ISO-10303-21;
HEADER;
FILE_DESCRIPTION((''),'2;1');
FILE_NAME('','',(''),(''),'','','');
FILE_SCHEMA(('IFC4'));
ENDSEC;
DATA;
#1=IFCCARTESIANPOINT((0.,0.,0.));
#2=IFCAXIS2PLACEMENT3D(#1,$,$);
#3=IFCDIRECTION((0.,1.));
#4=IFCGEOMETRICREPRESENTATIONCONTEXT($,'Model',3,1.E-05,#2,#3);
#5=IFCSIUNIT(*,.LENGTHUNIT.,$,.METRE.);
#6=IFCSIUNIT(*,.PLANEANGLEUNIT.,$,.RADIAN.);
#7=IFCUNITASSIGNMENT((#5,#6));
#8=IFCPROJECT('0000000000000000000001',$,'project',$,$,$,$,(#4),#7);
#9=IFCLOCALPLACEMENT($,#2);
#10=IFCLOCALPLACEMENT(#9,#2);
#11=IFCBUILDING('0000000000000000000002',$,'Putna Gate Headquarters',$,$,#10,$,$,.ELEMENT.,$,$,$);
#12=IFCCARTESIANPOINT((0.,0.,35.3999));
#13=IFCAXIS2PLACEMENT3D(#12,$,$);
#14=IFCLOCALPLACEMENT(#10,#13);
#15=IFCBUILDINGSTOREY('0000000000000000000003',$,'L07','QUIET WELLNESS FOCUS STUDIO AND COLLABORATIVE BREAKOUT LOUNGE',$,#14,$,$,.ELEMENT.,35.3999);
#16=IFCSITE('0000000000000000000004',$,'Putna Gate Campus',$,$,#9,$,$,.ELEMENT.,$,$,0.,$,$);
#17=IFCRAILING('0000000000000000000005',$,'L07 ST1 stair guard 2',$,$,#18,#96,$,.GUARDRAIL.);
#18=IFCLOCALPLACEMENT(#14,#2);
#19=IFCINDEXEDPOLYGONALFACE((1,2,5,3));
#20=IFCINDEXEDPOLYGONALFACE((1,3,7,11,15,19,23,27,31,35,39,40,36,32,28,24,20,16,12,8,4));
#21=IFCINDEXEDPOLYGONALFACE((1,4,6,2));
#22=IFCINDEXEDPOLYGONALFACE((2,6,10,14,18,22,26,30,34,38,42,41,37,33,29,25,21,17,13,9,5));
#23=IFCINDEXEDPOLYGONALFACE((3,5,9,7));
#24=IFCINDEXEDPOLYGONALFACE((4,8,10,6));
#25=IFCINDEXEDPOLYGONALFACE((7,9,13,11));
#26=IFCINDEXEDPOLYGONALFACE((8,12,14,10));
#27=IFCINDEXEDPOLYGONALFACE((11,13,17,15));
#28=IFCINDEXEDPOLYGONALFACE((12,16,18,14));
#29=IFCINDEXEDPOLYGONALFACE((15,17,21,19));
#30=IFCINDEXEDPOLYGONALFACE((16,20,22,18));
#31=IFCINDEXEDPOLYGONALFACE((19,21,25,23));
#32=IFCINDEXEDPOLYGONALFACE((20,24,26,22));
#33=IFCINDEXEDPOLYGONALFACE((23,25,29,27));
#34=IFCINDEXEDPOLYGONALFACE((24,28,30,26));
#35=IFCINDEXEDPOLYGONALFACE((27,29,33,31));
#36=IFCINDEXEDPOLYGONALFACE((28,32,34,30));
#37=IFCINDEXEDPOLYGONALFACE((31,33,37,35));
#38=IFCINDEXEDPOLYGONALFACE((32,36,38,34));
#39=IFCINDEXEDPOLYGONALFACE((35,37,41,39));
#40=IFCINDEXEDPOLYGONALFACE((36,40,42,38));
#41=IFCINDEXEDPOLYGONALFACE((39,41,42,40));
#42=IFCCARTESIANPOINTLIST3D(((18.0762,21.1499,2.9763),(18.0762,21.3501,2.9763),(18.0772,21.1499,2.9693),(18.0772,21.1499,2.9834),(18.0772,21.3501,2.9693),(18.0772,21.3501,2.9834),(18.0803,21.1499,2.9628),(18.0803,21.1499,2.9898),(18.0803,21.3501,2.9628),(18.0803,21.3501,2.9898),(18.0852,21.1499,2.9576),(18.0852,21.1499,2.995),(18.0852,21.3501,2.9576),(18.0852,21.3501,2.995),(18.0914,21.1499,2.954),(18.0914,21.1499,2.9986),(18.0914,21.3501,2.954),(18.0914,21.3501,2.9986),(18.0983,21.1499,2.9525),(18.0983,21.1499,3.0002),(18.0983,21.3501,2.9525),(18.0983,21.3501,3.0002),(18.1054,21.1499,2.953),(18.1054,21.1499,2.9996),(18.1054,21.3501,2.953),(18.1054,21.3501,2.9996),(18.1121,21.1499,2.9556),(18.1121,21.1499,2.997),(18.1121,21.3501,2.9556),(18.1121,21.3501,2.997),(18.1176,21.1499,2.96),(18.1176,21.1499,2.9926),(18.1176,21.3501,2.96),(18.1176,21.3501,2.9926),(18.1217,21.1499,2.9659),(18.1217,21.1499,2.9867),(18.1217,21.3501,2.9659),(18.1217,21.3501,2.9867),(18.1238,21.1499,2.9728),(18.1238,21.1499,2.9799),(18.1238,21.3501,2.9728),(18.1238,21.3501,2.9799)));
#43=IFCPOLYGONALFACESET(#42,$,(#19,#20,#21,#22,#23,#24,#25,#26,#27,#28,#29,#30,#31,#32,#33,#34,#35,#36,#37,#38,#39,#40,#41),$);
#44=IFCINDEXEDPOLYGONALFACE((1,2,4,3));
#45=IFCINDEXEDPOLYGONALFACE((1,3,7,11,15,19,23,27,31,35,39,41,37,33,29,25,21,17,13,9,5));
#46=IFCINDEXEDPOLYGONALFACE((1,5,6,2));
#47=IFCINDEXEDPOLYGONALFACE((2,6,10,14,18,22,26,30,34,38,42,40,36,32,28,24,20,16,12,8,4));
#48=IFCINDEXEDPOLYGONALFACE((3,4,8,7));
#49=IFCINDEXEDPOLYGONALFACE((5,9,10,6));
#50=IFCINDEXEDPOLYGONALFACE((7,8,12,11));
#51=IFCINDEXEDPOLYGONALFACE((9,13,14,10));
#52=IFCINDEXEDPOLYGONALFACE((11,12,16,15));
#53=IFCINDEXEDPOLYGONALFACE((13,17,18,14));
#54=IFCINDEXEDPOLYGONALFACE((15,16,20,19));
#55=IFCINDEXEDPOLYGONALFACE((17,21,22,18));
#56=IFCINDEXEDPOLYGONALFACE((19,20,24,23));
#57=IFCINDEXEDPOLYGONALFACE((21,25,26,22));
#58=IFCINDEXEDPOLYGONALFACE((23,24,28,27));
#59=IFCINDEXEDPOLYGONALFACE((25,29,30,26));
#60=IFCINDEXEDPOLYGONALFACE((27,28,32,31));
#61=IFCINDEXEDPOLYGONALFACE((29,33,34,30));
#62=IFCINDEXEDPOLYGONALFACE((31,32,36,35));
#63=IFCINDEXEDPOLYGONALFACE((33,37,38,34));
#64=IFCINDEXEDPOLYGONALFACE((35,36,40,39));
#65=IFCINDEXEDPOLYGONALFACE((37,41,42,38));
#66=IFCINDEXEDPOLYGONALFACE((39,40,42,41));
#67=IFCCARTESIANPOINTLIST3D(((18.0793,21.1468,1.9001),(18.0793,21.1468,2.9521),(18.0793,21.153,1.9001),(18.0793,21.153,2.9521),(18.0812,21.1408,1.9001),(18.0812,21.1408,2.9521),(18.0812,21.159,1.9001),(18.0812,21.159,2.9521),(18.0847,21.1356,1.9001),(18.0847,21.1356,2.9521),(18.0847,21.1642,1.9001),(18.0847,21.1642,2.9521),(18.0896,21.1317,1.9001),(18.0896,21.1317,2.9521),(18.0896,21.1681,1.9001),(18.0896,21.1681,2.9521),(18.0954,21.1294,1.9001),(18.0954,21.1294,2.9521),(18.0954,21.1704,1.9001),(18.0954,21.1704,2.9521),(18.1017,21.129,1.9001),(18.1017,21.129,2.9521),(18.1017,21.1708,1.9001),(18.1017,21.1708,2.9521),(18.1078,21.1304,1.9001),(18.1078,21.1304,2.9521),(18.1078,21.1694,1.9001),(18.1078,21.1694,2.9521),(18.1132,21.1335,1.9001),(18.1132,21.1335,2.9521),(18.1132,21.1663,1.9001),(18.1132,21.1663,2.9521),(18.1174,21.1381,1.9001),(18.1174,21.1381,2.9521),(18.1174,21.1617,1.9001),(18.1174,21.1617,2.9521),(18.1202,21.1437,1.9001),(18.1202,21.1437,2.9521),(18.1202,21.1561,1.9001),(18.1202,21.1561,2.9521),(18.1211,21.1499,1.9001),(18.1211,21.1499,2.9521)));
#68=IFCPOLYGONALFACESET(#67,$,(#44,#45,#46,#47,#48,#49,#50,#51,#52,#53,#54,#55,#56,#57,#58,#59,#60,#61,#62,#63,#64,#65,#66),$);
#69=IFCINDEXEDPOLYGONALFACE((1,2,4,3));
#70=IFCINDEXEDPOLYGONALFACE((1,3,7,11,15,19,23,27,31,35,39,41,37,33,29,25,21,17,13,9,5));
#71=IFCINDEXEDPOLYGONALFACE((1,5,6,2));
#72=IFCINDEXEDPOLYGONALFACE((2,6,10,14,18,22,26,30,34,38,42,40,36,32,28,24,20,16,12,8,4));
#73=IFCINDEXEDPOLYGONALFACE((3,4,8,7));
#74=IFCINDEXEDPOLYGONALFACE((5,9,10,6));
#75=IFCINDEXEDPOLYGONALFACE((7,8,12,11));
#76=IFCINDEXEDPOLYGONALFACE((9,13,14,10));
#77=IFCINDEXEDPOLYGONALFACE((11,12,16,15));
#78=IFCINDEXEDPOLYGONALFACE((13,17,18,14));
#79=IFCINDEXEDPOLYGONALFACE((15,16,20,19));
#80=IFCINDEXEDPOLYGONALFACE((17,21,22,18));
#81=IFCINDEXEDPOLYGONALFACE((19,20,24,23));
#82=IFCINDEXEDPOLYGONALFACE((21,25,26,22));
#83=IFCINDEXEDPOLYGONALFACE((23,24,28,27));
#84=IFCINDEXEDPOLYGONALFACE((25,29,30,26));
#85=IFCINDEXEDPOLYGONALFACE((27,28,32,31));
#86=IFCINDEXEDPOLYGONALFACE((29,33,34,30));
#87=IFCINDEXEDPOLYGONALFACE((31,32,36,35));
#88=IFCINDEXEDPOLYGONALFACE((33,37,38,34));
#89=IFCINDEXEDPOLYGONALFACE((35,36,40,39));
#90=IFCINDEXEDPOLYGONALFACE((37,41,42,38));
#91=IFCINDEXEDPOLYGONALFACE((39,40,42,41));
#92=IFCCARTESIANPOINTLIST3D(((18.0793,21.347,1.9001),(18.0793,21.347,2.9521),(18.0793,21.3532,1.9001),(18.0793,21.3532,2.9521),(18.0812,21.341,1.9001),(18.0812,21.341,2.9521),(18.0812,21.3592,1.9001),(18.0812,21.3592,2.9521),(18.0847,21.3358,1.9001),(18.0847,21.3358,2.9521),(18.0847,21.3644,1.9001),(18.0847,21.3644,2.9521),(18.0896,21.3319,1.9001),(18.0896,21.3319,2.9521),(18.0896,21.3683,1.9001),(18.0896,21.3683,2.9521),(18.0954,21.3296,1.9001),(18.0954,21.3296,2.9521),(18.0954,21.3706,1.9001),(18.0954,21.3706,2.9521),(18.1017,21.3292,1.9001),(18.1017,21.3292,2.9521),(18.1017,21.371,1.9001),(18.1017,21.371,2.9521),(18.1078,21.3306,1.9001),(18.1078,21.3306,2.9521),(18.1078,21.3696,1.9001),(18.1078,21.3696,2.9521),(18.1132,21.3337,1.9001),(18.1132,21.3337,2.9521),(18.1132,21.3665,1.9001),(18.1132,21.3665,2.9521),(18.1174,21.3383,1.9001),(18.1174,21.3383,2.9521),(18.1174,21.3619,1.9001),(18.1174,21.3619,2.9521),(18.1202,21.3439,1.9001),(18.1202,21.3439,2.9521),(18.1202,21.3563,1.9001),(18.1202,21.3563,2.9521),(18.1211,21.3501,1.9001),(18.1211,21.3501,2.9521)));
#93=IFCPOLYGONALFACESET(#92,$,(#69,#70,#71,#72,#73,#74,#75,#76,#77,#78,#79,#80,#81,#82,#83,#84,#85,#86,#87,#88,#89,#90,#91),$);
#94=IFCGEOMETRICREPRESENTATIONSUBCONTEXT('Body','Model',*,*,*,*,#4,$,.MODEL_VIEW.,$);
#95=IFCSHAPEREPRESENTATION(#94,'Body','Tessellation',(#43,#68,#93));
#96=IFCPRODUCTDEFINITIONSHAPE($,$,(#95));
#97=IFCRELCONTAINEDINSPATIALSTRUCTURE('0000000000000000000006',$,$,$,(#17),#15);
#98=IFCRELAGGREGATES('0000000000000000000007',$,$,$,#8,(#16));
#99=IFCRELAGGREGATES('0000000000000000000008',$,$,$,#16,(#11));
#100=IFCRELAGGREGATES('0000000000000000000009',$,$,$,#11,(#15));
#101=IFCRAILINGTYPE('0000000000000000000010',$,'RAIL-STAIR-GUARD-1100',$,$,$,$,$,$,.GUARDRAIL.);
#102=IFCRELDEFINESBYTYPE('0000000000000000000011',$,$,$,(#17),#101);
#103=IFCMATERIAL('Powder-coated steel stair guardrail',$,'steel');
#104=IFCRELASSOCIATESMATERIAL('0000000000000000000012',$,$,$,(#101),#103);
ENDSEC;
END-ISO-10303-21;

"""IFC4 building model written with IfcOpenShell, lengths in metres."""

from ifc_helpers import new_model, si_unit, direction, frame, origin, origin_2d, place, context, subcontext, project, spatial, circle, extrude, material, type_object, element, save


model = new_model("IFC4")

# Units and contexts
model_context = context("Model", 3, precision=1e-05, world=origin(), true_north=direction((0.0, 1.0)))
body_context = subcontext(model_context, "Body", "Model", "MODEL_VIEW")
ifc_project = project(units=[si_unit("LENGTHUNIT", "METRE"), si_unit("PLANEANGLEUNIT", "RADIAN")], contexts=[model_context])

# Site, building, storey
site_placement = place(None, origin())
site = spatial("IfcSite", under=ifc_project, at=site_placement, Name="Putna Gate Campus", CompositionType="ELEMENT", RefElevation=0.0)
building_placement = place(site_placement, origin())
building = spatial("IfcBuilding", under=site, at=building_placement, Name="Putna Gate Headquarters", CompositionType="ELEMENT")
storey_placement = place(building_placement, frame((0.0, 0.0, 35.3999)))
storey = spatial("IfcBuildingStorey", under=building, at=storey_placement, Name="L07", Description="QUIET WELLNESS FOCUS STUDIO AND COLLABORATIVE BREAKOUT LOUNGE", CompositionType="ELEMENT", Elevation=35.3999)

# Railing
ifc_material_1 = material(Name="Powder-coated steel stair guardrail", Category="steel")
railing_type_1 = type_object("IfcRailingType", Name="RAIL-STAIR-GUARD-1100", PredefinedType="GUARDRAIL", material=ifc_material_1)
railing_1_placement = place(storey_placement, frame((18.1001, 21.1499, 1.9001)))
element("IfcRailing", 1, at=railing_1_placement, inside=storey, type_object=railing_type_1, Name="L07 ST1 stair guard 2", PredefinedType="GUARDRAIL", context=body_context, shape_type="SweptSolid", body=[
    extrude(circle(Radius=0.0239, at=origin_2d()), frame((0.0, 0.0, 1.0762), z_axis=(0.0, 1.0, 0.0), x_axis=(-1.0, 0.0, 0.0)), (0.0, 0.0, 1.0), 0.2002),
    extrude(circle(Radius=0.021, at=origin_2d()), origin(), (0.0, 0.0, 1.0), 1.052),
    extrude(circle(Radius=0.021, at=origin_2d()), frame((0.0, 0.2002, 0.0)), (0.0, 0.0, 1.0), 1.052),
])

save(model, "model.ifc")
